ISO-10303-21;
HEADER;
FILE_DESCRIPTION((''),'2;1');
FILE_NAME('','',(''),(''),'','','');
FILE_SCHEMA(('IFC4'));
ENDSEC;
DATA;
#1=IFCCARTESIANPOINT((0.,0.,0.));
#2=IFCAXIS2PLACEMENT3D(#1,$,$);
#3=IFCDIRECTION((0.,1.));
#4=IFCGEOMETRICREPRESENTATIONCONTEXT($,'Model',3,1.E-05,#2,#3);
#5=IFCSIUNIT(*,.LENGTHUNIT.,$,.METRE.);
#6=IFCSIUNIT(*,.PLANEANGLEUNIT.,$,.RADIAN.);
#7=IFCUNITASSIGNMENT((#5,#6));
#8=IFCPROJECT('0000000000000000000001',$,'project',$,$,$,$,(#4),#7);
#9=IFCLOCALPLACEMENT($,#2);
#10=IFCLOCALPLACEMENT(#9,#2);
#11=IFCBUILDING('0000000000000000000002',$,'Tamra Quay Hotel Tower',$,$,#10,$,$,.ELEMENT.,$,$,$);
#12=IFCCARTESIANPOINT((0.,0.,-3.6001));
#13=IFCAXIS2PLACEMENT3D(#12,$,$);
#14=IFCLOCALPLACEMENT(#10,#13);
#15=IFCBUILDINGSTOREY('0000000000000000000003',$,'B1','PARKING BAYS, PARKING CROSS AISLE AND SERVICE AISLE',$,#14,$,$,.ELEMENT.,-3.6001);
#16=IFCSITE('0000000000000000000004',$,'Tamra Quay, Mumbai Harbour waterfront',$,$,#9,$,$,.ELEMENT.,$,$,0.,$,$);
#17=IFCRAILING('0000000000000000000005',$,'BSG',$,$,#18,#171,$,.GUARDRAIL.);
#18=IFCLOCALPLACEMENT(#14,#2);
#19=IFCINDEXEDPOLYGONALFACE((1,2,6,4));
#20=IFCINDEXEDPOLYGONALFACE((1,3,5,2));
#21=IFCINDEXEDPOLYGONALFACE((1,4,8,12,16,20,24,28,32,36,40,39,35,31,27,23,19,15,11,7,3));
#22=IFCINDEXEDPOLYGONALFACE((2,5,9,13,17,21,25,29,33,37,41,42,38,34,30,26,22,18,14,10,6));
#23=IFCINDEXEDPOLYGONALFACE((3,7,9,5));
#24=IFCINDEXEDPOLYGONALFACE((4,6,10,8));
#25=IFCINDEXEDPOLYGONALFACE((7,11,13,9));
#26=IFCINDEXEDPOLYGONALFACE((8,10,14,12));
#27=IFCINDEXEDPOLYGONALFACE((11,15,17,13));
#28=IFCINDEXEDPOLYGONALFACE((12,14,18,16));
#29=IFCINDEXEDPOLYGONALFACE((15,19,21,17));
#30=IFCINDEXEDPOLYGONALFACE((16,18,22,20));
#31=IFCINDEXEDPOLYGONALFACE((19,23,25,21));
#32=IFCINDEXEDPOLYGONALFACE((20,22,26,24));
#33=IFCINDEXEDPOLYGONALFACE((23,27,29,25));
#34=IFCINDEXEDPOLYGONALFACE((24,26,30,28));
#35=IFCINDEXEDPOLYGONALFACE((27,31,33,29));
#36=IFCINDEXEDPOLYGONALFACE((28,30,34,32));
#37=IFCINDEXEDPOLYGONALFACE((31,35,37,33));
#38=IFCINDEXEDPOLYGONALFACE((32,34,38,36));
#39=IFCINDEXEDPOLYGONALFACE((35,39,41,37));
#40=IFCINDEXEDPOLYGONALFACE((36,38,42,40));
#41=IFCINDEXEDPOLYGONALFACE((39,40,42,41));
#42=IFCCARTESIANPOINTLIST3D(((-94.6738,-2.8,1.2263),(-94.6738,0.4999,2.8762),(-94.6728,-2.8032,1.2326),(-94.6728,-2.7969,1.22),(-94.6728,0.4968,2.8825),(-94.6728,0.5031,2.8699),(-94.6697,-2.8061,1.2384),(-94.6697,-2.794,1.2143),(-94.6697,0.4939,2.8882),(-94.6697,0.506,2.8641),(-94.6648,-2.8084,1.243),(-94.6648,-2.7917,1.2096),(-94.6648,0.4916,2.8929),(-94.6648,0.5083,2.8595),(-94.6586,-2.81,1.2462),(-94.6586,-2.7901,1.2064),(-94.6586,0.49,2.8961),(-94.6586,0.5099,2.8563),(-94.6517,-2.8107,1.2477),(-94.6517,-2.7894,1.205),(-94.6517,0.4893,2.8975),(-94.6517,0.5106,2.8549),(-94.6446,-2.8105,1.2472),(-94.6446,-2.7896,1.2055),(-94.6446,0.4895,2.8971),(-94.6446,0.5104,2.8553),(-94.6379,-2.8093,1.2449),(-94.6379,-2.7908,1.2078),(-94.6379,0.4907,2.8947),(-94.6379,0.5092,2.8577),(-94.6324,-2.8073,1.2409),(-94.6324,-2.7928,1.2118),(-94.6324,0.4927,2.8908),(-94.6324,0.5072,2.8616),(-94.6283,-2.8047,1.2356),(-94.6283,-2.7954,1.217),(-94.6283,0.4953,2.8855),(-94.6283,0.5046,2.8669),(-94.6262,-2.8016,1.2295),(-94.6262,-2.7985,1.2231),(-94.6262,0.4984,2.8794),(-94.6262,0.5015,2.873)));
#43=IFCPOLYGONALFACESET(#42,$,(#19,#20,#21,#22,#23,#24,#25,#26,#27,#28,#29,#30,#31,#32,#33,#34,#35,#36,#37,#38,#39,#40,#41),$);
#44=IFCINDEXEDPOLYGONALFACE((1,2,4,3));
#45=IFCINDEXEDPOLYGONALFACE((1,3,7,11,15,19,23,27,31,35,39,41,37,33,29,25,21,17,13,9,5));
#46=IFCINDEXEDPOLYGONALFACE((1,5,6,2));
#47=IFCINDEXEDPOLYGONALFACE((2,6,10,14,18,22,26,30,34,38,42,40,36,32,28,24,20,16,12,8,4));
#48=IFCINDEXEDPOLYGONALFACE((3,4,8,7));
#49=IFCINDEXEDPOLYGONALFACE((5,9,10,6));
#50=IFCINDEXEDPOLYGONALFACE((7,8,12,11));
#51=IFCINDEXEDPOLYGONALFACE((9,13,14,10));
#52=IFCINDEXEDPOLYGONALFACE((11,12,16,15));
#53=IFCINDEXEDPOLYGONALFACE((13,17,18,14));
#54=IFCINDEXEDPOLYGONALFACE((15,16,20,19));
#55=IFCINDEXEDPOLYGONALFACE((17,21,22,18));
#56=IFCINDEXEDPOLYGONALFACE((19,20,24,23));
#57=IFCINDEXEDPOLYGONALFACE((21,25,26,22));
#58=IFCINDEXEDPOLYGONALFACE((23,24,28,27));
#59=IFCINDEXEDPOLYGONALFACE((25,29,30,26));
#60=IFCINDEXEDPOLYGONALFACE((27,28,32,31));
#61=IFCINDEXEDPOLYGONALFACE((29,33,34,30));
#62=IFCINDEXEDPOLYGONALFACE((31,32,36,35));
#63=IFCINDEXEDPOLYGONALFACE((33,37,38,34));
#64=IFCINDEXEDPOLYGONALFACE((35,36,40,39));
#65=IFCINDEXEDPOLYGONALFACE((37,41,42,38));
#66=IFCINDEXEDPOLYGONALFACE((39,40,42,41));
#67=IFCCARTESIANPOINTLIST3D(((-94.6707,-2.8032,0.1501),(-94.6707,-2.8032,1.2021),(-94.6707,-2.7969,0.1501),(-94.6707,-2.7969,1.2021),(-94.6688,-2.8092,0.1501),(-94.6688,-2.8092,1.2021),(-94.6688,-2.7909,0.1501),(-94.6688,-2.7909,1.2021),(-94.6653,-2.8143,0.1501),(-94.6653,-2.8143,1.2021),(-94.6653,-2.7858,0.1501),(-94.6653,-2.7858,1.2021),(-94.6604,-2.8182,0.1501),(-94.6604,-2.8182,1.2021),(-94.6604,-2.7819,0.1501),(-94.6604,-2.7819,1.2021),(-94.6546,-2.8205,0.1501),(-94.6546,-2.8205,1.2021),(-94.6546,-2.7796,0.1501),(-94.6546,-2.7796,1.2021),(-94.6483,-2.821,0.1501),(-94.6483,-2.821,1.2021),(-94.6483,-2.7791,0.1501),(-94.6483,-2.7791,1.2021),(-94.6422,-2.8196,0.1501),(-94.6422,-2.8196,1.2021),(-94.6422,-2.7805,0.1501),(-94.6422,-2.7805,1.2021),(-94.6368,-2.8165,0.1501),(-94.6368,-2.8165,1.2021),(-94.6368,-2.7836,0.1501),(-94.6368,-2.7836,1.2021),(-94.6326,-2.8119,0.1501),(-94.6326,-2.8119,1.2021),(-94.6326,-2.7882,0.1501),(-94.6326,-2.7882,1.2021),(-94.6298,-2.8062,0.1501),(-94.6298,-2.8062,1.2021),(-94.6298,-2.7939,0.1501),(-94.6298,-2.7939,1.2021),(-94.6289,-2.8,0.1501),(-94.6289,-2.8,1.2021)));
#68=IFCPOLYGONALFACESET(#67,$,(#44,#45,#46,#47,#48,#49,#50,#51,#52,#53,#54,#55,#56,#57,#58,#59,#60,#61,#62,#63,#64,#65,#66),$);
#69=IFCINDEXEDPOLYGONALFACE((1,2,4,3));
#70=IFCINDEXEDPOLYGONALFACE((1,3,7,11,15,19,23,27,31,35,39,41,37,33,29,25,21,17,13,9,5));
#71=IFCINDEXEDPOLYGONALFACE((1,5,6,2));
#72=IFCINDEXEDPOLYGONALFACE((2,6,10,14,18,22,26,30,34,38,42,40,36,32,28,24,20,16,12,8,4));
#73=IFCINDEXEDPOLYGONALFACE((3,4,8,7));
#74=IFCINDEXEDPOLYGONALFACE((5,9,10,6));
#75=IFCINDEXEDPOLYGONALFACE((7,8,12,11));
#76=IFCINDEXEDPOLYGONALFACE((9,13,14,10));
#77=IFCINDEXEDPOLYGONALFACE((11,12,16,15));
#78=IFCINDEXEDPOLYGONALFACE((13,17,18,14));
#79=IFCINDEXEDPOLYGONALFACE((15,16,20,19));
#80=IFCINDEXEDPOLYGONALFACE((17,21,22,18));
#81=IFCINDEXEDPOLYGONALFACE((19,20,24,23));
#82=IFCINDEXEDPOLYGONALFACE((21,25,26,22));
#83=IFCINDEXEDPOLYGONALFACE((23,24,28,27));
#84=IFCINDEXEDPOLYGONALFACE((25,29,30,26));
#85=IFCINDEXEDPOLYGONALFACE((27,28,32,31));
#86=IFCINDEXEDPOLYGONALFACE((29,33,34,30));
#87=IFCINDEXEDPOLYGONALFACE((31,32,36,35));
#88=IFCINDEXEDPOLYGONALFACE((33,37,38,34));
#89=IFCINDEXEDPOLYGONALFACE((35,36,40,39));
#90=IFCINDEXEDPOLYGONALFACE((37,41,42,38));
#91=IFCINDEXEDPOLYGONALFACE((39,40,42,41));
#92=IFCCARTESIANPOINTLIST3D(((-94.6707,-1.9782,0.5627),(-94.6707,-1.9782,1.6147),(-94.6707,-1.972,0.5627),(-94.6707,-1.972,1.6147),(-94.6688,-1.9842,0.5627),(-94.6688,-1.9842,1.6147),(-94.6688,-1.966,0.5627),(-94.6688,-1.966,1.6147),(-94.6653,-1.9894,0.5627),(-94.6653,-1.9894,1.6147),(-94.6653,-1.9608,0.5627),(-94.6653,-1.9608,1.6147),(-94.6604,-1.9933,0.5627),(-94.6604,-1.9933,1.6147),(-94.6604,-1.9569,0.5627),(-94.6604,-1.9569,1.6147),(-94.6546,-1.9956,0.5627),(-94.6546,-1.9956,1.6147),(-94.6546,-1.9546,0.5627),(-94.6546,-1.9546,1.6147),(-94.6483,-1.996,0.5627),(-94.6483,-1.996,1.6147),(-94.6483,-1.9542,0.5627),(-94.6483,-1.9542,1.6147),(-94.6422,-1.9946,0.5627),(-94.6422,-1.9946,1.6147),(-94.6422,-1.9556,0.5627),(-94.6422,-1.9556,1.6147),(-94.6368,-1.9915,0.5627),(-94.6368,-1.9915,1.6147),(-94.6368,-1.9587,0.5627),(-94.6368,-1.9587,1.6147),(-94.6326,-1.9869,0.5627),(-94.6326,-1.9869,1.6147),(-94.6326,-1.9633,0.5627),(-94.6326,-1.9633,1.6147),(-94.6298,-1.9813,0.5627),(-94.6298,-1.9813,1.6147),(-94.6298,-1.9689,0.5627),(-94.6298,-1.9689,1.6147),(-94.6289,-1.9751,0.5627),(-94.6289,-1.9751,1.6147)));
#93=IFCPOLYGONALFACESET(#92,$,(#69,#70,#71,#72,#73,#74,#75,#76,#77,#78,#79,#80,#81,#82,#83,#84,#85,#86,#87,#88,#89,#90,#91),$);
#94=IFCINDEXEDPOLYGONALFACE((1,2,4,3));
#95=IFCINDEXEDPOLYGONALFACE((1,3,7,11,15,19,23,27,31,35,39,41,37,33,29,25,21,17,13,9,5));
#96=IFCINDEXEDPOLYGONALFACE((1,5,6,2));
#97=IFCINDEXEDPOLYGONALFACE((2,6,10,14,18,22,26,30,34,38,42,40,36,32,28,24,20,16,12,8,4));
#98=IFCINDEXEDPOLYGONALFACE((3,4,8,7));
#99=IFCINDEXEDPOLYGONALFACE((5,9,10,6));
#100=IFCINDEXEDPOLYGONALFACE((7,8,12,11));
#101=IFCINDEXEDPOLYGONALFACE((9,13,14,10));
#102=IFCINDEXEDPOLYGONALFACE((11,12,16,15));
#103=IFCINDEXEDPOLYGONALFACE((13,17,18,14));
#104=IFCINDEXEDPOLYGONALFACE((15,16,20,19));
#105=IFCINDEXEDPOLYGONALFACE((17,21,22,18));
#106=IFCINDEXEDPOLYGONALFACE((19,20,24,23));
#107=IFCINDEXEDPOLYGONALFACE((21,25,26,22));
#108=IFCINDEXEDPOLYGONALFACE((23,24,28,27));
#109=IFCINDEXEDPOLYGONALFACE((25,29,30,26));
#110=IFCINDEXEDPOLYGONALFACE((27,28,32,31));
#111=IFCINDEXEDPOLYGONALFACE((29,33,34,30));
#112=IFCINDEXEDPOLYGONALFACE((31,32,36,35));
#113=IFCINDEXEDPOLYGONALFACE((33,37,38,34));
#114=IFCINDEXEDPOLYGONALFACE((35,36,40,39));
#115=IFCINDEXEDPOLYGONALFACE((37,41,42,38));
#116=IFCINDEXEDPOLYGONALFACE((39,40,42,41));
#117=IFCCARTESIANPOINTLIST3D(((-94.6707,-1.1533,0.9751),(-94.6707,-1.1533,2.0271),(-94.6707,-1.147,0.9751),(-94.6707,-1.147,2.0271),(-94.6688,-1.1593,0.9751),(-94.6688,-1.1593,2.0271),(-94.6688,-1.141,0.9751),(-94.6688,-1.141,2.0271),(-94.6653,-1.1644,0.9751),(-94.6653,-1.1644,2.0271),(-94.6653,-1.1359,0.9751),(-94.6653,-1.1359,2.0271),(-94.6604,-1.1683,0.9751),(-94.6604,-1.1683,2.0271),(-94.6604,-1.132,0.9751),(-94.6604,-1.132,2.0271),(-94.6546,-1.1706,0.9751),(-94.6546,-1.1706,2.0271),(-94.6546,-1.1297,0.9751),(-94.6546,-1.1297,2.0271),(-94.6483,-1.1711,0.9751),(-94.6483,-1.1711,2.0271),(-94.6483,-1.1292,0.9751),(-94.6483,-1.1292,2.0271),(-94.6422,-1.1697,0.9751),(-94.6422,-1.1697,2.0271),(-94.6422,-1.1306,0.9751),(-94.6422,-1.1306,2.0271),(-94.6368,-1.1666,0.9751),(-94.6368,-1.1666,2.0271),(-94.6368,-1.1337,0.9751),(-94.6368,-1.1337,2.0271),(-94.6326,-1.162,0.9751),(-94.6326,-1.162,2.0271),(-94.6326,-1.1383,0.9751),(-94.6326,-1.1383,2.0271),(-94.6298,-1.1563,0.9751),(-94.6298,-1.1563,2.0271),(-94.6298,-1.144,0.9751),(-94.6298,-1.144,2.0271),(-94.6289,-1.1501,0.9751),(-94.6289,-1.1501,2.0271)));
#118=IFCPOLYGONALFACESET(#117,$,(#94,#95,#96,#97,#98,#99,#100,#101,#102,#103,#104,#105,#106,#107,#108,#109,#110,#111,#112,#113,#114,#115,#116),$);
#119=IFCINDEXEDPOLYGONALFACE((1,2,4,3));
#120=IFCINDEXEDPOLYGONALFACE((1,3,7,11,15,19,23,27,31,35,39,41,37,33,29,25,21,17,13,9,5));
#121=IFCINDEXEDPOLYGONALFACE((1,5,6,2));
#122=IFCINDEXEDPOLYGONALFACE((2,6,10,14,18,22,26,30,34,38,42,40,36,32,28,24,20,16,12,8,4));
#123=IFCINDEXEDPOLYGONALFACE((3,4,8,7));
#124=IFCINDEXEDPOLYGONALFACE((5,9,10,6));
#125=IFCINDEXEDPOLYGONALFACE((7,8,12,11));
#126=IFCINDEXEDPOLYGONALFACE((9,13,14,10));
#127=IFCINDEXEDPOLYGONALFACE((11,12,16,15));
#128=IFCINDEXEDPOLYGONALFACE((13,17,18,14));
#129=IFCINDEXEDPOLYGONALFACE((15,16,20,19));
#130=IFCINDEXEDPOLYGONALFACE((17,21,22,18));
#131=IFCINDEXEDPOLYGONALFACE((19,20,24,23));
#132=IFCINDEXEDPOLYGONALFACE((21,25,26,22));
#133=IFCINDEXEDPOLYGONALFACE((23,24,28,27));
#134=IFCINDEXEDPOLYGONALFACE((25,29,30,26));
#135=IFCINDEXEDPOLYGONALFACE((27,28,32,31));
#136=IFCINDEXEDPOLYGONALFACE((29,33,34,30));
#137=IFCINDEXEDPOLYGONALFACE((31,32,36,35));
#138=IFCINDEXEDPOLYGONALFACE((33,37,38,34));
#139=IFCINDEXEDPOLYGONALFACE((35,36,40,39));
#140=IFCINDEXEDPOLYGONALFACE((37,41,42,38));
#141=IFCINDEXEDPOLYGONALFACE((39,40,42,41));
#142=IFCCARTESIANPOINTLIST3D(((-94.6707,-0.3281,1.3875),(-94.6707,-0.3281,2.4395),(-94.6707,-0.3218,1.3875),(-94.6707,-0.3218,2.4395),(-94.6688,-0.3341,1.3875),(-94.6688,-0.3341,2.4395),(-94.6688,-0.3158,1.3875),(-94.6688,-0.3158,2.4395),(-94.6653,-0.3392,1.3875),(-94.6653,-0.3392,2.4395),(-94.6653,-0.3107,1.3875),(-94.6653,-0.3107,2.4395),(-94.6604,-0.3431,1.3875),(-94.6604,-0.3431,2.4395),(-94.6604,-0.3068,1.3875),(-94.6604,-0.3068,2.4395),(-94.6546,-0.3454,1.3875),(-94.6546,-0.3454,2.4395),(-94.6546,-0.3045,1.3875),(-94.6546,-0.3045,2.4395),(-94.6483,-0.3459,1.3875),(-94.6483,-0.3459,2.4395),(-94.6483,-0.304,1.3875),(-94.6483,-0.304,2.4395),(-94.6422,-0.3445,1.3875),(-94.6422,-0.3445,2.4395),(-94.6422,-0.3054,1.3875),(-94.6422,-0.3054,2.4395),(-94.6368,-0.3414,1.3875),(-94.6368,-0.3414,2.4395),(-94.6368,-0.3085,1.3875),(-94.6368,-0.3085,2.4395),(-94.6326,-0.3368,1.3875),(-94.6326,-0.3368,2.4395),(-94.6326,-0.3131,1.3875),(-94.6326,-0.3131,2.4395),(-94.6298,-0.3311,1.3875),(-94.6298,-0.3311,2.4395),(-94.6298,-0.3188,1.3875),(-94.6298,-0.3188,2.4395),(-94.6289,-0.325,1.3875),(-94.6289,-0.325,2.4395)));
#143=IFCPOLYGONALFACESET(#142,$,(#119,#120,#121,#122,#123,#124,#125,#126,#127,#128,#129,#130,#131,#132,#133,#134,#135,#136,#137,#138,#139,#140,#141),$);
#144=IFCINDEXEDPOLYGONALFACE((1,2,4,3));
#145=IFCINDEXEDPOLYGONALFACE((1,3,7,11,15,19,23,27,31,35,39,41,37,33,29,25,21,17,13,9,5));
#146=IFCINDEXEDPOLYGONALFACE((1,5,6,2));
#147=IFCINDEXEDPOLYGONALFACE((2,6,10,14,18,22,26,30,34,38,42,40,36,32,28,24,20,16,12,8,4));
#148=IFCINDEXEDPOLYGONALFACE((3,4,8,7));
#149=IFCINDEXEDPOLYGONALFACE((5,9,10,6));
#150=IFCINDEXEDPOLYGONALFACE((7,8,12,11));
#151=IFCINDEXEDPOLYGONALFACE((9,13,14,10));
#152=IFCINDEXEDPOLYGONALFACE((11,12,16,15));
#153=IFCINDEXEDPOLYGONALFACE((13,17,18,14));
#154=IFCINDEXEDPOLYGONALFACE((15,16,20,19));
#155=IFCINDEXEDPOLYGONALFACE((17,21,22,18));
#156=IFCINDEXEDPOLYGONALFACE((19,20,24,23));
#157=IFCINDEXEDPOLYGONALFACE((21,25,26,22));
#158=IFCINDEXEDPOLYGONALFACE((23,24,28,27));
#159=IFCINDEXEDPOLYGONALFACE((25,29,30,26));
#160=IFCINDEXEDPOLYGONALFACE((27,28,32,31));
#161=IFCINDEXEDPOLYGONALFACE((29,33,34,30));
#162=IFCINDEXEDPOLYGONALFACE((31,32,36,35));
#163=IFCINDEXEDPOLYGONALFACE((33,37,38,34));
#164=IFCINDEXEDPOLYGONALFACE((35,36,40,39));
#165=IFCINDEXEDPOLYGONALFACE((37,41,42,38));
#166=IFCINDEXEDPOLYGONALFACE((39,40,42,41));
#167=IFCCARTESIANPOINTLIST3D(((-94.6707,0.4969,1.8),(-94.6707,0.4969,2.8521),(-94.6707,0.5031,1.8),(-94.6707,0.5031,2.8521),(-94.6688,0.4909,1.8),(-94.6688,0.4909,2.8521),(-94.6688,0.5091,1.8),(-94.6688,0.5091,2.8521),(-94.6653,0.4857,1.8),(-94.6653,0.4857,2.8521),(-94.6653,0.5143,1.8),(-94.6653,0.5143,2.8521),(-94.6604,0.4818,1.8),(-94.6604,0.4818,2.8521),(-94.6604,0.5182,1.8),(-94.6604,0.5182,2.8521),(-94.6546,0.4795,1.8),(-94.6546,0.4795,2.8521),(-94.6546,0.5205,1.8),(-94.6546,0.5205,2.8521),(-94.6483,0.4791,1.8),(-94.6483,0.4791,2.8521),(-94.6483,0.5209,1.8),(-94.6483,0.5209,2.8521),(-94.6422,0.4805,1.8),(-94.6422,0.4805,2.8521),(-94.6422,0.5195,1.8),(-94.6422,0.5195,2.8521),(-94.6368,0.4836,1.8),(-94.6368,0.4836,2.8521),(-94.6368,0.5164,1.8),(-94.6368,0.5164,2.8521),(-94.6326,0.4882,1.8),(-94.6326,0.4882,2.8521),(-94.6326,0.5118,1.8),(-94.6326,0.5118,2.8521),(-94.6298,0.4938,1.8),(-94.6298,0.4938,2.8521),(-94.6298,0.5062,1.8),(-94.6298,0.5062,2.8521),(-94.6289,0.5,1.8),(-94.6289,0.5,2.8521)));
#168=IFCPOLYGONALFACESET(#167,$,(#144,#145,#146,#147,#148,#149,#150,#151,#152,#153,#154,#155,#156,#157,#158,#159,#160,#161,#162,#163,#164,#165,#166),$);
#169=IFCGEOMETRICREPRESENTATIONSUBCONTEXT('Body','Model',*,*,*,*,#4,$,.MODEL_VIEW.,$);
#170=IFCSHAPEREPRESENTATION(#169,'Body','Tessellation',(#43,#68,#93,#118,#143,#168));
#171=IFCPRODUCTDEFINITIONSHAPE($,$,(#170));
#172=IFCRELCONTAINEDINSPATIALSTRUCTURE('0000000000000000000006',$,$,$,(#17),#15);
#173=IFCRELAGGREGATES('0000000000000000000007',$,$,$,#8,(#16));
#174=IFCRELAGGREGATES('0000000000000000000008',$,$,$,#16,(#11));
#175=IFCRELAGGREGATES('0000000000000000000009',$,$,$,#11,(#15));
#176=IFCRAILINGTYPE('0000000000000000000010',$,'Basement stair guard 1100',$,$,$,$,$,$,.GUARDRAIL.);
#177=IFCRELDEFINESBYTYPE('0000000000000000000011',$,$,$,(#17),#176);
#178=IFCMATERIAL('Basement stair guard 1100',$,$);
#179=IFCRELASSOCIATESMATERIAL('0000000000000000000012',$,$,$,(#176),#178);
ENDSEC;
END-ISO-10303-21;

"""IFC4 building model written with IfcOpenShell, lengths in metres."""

from ifc_helpers import new_model, si_unit, direction, frame, origin, origin_2d, place, context, subcontext, project, spatial, circle, extrude, material, type_object, element, save


model = new_model("IFC4")

# Units and contexts
model_context = context("Model", 3, precision=1e-05, world=origin(), true_north=direction((0.0, 1.0)))
body_context = subcontext(model_context, "Body", "Model", "MODEL_VIEW")
ifc_project = project(units=[si_unit("LENGTHUNIT", "METRE"), si_unit("PLANEANGLEUNIT", "RADIAN")], contexts=[model_context])

# Site, building, storey
site_placement = place(None, origin())
site = spatial("IfcSite", under=ifc_project, at=site_placement, Name="Tamra Quay, Mumbai Harbour waterfront", CompositionType="ELEMENT", RefElevation=0.0)
building_placement = place(site_placement, origin())
building = spatial("IfcBuilding", under=site, at=building_placement, Name="Tamra Quay Hotel Tower", CompositionType="ELEMENT")
storey_placement = place(building_placement, frame((0.0, 0.0, -3.6001)))
storey = spatial("IfcBuildingStorey", under=building, at=storey_placement, Name="B1", Description="PARKING BAYS, PARKING CROSS AISLE AND SERVICE AISLE", CompositionType="ELEMENT", Elevation=-3.6001)

# Railing
ifc_material_1 = material(Name="Basement stair guard 1100")
railing_type_1 = type_object("IfcRailingType", Name="Basement stair guard 1100", PredefinedType="GUARDRAIL", material=ifc_material_1)
railing_1_placement = place(storey_placement, frame((-94.6499, -2.8, 0.1501)))
element("IfcRailing", 1, at=railing_1_placement, inside=storey, type_object=railing_type_1, Name="BSG", PredefinedType="GUARDRAIL", context=body_context, shape_type="SweptSolid", body=[
    extrude(circle(Radius=0.0239, at=origin_2d()), frame((0.0, 0.0, 1.0762), z_axis=(0.0, 0.89444, 0.447187), x_axis=(-1.0, 0.0, 0.0)), (0.0, 0.0, 1.0), 3.6895),
    extrude(circle(Radius=0.021, at=origin_2d()), origin(), (0.0, 0.0, 1.0), 1.052),
    extrude(circle(Radius=0.021, at=origin_2d()), frame((0.0, 0.825, 0.4126)), (0.0, 0.0, 1.0), 1.052),
    extrude(circle(Radius=0.021, at=origin_2d()), frame((0.0, 1.6499, 0.825)), (0.0, 0.0, 1.0), 1.052),
    extrude(circle(Radius=0.021, at=origin_2d()), frame((0.0, 2.4751, 1.2373)), (0.0, 0.0, 1.0), 1.052),
    extrude(circle(Radius=0.021, at=origin_2d()), frame((0.0, 3.3, 1.6499)), (0.0, 0.0, 1.0), 1.052),
])

save(model, "model.ifc")
